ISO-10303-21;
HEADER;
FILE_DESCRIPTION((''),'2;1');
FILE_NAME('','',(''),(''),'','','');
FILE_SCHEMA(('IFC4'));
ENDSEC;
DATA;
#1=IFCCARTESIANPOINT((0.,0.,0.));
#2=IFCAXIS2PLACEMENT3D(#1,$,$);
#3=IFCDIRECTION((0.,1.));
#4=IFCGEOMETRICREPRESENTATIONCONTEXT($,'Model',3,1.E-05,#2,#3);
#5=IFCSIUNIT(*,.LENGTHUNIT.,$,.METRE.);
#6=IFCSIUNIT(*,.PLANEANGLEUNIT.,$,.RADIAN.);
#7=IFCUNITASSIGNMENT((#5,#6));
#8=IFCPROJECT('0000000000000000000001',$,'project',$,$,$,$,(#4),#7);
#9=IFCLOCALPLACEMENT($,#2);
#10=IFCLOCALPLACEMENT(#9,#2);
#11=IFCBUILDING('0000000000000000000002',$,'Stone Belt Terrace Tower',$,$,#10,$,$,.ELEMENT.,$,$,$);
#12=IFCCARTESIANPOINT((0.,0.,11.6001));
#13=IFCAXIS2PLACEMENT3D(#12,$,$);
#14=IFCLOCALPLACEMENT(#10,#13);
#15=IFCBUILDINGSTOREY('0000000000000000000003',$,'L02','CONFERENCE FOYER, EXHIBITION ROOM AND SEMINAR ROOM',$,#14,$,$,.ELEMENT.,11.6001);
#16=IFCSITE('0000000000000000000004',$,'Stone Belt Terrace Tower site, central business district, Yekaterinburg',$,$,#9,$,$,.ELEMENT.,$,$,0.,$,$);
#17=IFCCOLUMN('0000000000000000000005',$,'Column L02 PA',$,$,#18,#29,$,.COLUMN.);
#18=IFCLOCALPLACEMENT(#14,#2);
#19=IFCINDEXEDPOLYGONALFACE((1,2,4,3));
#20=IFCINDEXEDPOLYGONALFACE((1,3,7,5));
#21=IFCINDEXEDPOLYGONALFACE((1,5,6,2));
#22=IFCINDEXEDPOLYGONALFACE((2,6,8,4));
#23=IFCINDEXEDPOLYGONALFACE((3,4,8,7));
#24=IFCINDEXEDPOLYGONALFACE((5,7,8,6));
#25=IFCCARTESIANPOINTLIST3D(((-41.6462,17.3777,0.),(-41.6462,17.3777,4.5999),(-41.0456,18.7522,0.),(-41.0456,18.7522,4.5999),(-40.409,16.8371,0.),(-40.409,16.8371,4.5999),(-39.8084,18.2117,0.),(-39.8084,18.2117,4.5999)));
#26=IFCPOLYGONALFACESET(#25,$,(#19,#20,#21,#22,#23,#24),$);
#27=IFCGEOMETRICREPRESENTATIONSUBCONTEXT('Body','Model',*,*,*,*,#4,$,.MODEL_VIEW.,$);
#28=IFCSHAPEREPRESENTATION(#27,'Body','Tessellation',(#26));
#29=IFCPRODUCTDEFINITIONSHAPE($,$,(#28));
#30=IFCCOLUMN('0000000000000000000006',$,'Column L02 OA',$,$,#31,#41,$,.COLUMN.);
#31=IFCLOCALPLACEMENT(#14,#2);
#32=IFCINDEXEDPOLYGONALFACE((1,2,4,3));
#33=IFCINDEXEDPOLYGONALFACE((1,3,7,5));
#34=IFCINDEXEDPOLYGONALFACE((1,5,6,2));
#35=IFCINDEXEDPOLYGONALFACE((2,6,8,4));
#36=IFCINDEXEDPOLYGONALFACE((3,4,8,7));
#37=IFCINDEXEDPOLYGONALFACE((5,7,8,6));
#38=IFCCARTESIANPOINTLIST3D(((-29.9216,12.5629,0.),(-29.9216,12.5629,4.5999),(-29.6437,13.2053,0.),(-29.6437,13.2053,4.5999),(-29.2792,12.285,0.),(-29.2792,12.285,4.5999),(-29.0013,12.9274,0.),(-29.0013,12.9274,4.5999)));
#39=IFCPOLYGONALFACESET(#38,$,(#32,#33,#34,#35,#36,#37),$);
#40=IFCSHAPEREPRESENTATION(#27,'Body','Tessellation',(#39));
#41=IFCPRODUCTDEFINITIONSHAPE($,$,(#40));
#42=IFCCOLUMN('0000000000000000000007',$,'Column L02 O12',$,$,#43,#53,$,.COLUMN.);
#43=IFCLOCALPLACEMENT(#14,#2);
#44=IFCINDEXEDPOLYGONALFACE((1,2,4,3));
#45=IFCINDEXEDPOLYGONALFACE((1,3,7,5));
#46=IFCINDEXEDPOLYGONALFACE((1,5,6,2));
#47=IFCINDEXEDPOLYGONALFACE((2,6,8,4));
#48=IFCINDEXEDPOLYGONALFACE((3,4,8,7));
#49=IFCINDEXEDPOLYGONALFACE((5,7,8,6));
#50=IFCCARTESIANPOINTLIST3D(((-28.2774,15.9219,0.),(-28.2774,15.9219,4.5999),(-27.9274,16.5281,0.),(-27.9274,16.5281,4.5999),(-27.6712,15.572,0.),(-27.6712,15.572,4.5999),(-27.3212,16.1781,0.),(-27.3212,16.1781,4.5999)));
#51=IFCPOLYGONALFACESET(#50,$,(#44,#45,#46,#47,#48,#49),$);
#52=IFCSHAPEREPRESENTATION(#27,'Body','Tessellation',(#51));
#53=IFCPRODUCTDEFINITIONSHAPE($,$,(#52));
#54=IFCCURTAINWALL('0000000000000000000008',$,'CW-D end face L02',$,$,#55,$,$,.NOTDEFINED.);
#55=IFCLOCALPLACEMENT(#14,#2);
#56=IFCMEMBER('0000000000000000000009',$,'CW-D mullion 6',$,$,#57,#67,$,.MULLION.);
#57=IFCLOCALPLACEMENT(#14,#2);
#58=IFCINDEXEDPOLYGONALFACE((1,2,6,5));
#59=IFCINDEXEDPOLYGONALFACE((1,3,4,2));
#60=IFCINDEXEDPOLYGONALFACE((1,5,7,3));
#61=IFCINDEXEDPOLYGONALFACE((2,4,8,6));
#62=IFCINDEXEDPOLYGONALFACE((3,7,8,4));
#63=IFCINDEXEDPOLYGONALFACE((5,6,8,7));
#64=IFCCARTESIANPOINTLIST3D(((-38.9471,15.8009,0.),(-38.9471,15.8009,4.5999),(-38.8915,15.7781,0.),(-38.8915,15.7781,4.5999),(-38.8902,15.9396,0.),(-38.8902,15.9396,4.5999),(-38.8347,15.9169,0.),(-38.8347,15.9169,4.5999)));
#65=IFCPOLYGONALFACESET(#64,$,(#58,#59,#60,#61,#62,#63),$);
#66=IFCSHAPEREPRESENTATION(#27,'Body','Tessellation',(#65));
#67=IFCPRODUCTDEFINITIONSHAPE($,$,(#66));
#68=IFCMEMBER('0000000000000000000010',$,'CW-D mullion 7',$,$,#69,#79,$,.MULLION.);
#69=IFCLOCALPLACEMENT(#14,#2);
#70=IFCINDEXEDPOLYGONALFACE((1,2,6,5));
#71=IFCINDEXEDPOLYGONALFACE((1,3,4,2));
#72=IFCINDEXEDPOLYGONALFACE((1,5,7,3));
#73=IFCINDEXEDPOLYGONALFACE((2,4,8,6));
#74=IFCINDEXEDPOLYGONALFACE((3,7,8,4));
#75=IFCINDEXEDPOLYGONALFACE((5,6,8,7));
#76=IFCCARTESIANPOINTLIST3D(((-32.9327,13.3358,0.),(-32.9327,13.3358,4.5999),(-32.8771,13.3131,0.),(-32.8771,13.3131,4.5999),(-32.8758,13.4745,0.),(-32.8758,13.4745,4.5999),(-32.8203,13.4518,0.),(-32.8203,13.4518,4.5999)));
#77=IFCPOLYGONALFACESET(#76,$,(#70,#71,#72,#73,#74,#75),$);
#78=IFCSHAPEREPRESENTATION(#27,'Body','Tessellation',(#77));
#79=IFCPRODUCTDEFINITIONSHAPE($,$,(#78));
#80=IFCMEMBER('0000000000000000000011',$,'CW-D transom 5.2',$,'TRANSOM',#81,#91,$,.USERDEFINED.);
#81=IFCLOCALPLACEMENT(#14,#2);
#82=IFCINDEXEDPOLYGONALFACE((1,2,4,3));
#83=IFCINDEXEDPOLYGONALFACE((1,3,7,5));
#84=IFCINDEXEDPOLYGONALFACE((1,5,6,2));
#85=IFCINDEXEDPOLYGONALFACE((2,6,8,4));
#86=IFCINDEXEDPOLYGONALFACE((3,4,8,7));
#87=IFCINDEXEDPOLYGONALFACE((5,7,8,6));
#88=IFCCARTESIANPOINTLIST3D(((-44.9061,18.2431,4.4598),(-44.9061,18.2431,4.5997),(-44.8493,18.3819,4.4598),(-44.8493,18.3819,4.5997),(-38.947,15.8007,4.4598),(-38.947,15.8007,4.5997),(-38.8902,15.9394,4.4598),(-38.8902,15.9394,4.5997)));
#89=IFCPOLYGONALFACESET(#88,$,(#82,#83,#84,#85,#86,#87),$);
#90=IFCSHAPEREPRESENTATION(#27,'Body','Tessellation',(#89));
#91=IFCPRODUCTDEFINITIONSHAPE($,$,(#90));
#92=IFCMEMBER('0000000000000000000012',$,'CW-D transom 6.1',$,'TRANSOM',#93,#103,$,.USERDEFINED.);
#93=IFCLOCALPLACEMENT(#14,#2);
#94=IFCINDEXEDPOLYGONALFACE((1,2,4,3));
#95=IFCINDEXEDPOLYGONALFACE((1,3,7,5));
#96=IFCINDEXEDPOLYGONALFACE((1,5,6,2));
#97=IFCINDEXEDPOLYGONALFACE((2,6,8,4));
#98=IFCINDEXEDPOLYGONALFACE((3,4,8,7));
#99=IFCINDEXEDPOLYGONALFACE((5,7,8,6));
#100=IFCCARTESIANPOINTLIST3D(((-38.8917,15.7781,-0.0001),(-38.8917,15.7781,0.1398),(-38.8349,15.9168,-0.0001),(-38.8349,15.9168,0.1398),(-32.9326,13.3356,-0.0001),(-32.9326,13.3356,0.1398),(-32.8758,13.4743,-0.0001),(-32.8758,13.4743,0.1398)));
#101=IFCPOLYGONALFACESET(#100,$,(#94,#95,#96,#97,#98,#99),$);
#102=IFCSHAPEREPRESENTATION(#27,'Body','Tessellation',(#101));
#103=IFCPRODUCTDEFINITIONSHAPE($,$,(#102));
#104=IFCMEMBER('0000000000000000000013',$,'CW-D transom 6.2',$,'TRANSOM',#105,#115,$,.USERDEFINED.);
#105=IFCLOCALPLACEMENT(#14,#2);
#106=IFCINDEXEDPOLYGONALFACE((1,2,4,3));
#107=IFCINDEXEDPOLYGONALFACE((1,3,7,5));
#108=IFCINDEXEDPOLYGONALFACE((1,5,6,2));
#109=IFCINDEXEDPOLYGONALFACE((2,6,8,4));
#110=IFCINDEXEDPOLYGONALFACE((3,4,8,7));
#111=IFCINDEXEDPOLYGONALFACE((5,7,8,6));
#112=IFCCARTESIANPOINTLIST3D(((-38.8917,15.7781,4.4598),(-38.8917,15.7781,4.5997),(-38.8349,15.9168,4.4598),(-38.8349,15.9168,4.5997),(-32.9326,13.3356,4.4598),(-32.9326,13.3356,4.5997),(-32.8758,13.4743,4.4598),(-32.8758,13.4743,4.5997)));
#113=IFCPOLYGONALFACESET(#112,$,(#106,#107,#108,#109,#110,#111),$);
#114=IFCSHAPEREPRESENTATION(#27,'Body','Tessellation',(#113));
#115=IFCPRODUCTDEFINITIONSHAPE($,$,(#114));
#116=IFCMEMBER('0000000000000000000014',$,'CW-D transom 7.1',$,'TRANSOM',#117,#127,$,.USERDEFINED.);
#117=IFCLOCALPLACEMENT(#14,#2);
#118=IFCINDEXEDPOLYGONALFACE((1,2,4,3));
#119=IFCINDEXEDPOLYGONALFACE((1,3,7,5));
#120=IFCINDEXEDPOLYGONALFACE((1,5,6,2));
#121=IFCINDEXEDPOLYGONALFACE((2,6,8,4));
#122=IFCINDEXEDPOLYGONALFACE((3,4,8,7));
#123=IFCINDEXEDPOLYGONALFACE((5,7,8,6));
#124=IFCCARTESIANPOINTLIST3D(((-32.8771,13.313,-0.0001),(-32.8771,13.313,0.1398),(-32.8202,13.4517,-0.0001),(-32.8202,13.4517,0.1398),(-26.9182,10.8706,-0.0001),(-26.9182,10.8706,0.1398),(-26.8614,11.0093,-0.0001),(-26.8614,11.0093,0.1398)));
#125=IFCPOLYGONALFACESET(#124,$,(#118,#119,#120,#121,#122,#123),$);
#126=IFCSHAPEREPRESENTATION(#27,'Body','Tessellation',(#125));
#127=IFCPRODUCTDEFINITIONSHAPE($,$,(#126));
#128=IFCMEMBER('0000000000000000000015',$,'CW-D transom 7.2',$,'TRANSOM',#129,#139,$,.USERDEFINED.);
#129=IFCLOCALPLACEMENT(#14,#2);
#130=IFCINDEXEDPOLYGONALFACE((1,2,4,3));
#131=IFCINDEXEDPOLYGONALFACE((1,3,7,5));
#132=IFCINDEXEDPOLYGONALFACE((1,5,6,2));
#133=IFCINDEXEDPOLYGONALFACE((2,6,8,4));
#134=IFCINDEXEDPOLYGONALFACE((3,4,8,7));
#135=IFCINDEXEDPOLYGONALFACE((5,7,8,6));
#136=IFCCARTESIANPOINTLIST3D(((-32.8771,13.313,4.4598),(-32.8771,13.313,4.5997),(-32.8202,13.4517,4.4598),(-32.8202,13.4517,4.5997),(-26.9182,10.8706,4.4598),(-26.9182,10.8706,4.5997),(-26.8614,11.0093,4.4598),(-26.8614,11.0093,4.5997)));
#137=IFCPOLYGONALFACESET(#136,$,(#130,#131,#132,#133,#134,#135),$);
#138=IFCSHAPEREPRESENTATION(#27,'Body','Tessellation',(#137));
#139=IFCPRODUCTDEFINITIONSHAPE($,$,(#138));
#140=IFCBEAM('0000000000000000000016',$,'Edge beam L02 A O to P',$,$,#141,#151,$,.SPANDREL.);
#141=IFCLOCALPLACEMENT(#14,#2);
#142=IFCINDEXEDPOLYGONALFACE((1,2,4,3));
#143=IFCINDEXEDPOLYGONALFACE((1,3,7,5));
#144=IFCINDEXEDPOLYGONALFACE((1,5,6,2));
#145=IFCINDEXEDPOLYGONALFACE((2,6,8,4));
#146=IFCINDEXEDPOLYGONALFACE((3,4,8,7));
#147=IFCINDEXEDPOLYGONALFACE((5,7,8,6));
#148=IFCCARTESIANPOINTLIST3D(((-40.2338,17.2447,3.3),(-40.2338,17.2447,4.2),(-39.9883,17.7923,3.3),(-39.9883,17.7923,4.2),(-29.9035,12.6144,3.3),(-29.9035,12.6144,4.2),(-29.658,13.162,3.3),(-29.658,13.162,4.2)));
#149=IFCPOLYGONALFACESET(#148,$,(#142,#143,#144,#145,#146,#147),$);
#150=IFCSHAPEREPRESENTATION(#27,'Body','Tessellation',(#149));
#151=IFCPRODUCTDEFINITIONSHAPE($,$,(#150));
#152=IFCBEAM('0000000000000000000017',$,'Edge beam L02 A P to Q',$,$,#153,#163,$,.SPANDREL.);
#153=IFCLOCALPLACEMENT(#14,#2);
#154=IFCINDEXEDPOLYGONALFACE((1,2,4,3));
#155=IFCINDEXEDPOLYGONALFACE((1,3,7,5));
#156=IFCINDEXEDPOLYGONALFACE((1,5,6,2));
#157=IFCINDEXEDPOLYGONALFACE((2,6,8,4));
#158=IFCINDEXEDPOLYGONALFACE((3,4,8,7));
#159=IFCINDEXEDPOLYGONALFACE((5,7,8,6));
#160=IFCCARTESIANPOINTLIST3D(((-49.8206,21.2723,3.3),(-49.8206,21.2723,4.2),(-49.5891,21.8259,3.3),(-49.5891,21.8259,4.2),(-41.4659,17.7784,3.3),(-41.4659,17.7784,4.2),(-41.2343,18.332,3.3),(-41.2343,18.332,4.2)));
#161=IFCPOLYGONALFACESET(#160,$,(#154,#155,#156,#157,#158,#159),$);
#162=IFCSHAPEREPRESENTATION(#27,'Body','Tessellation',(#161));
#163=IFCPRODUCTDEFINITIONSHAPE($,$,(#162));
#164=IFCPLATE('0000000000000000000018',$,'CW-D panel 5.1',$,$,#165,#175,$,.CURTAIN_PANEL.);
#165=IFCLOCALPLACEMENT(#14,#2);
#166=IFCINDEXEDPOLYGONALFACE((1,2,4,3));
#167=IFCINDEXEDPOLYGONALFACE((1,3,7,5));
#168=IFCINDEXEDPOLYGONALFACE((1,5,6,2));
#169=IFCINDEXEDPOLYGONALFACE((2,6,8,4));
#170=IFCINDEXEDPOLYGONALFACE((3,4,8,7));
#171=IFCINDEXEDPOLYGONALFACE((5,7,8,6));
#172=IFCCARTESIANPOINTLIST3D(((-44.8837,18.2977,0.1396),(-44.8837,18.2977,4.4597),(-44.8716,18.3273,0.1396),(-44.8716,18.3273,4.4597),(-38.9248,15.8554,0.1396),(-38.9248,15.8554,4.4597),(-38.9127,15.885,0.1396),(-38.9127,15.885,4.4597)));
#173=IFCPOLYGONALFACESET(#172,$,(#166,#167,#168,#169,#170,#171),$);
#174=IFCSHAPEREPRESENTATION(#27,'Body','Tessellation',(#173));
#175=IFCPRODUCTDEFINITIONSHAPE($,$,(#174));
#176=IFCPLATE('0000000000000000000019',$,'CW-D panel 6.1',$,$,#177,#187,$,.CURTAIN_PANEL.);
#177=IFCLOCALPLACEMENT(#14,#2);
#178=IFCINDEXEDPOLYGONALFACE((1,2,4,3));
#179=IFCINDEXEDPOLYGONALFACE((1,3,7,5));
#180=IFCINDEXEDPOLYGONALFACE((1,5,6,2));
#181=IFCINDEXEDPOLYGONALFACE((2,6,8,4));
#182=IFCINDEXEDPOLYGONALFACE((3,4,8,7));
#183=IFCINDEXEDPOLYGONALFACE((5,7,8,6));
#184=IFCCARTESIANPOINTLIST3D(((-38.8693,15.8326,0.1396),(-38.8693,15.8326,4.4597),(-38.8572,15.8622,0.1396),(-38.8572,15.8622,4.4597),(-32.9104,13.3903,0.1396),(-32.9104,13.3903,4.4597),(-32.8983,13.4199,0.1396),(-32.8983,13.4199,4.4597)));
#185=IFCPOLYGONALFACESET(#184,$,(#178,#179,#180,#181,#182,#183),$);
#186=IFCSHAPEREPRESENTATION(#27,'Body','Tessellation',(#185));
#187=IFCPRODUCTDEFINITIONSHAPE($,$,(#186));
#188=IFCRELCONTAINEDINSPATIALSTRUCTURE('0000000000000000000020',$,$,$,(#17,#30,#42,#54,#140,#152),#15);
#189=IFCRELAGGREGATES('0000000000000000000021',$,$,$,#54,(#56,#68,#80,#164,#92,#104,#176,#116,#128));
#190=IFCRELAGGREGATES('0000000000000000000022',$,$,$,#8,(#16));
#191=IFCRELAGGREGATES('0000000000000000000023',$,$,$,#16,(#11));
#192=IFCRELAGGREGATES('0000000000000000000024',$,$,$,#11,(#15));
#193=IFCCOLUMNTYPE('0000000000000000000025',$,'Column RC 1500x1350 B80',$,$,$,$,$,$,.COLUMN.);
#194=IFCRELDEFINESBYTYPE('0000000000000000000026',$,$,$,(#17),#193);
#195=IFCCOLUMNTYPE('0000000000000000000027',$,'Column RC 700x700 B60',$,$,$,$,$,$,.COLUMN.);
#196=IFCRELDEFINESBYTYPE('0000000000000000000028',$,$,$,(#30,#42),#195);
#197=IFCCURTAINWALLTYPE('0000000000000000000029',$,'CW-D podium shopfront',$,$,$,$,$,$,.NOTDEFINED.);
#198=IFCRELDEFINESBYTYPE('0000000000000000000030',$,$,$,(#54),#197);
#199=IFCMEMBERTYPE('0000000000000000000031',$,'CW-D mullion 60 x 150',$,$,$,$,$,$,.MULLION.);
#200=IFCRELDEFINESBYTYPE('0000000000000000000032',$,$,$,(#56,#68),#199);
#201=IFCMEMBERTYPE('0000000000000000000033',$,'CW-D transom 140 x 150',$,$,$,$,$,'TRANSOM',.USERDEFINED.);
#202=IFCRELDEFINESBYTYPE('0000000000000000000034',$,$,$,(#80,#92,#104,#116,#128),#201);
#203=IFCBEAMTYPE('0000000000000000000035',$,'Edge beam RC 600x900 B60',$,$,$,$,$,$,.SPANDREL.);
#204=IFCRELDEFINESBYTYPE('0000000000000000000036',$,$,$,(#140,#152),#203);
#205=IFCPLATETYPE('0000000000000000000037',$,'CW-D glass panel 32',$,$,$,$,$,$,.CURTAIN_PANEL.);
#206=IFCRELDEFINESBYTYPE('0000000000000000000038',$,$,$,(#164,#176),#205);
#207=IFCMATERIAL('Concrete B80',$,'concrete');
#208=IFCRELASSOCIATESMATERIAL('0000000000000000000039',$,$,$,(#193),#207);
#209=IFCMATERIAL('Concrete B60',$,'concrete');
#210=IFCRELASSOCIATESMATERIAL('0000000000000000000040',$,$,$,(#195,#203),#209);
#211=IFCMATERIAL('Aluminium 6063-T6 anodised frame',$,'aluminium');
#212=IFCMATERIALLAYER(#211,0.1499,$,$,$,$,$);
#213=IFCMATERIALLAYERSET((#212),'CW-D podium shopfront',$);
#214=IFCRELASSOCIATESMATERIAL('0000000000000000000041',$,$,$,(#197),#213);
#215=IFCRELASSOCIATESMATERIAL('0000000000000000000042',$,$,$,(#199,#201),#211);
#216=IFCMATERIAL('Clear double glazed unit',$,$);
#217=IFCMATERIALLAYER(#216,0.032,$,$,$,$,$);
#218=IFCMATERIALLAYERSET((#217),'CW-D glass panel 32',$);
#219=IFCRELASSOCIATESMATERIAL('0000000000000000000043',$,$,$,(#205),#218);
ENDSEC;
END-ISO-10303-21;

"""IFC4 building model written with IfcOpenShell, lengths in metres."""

from ifc_helpers import new_model, si_unit, direction, frame, origin, origin_2d, place, context, subcontext, project, spatial, rectangle, extrude, material, layer, layer_set, material_profile, profile_set, type_object, element, aggregate, save


model = new_model("IFC4")

# Units and contexts
model_context = context("Model", 3, precision=1e-05, world=origin(), true_north=direction((0.0, 1.0)))
body_context = subcontext(model_context, "Body", "Model", "MODEL_VIEW")
ifc_project = project(units=[si_unit("LENGTHUNIT", "METRE"), si_unit("PLANEANGLEUNIT", "RADIAN")], contexts=[model_context])

# Site, building, storey
site_placement = place(None, origin())
site = spatial("IfcSite", under=ifc_project, at=site_placement, Name="Stone Belt Terrace Tower site, central business district, Yekaterinburg", CompositionType="ELEMENT", RefElevation=0.0)
building_placement = place(site_placement, origin())
building = spatial("IfcBuilding", under=site, at=building_placement, Name="Stone Belt Terrace Tower", CompositionType="ELEMENT")
storey_placement = place(building_placement, frame((0.0, 0.0, 11.6001)))
storey = spatial("IfcBuildingStorey", under=building, at=storey_placement, Name="L02", Description="CONFERENCE FOYER, EXHIBITION ROOM AND SEMINAR ROOM", CompositionType="ELEMENT", Elevation=11.6001)

# Columns
ifc_material_1 = material(Name="Concrete B80", Category="concrete")
ifc_material_profile_1 = material_profile(ifc_material_1, rectangle(XDim=1.5, YDim=1.3501, at=origin_2d()), Name="RC 1500x1350")
ifc_profile_set_1 = profile_set([ifc_material_profile_1], Name="Concrete B80")
column_type_1 = type_object("IfcColumnType", Name="Column RC 1500x1350 B80", PredefinedType="COLUMN", material=ifc_profile_set_1)
column_placement = place(storey_placement, frame((-40.7273, 17.7947, 0.0), z_axis=(0.0, 0.0, 1.0), x_axis=(0.400376, 0.916351, 0.0)))
element("IfcColumn", 1, at=column_placement, inside=storey, type_object=column_type_1, Name="Column L02 PA", PredefinedType="COLUMN", context=body_context, shape_type="SweptSolid", body=[
    extrude(rectangle(XDim=1.5, YDim=1.3501, at=origin_2d()), origin(), (0.0, 0.0, 1.0), 4.5999),
])
ifc_material_2 = material(Name="Concrete B60", Category="concrete")
ifc_material_profile_2 = material_profile(ifc_material_2, rectangle(XDim=0.7, YDim=0.7, at=origin_2d()), Name="RC 700x700")
ifc_profile_set_2 = profile_set([ifc_material_profile_2], Name="Concrete B60")
column_type_2 = type_object("IfcColumnType", Name="Column RC 700x700 B60", PredefinedType="COLUMN", material=ifc_profile_set_2)
for number, where, z_axis, x_axis, name in (
    (2, (-29.4614, 12.7451, 0.0), (0.0, 0.0, 1.0), (0.397044, 0.9178, 0.0), "Column L02 OA"),
    (3, (-27.7993, 16.05, 0.0), (0.0, 0.0, 1.0), (0.5, 0.866025, 0.0), "Column L02 O12"),
):
    element("IfcColumn", number, at=place(storey_placement, frame(where, z_axis=z_axis, x_axis=x_axis)), inside=storey, type_object=column_type_2, Name=name, PredefinedType="COLUMN", context=body_context, shape_type="SweptSolid", body=[
        extrude(rectangle(XDim=0.7, YDim=0.7, at=origin_2d()), origin(), (0.0, 0.0, 1.0), 4.5999),
    ])

# Curtain wall, members
ifc_material_3 = material(Name="Aluminium 6063-T6 anodised frame", Category="aluminium")
ifc_layer_1 = layer(ifc_material_3, 0.1499)
ifc_layer_set_1 = layer_set([ifc_layer_1], Name="CW-D podium shopfront")
curtain_wall_type = type_object("IfcCurtainWallType", Name="CW-D podium shopfront", PredefinedType="NOTDEFINED", material=ifc_layer_set_1)
curtain_wall_placement = place(storey_placement, origin())
curtain_wall = element("IfcCurtainWall", 4, at=curtain_wall_placement, inside=storey, type_object=curtain_wall_type, Name="CW-D end face L02", PredefinedType="NOTDEFINED")
ifc_material_profile_3 = material_profile(ifc_material_3, rectangle(XDim=0.1499, YDim=0.0601, at=origin_2d()), Name="Aluminium 6063-T6 60x150")
ifc_profile_set_3 = profile_set([ifc_material_profile_3], Name="Aluminium 6063-T6 anodised frame")
member_type_1 = type_object("IfcMemberType", Name="CW-D mullion 60 x 150", PredefinedType="MULLION", material=ifc_profile_set_3)
member_1_placement = place(storey_placement, frame((-38.8909, 15.8589, 0.0), z_axis=(0.0, 0.0, 1.0), x_axis=(0.379243, 0.925297, 0.0)))
member_1 = element("IfcMember", 5, at=member_1_placement, type_object=member_type_1, Name="CW-D mullion 6", PredefinedType="MULLION", context=body_context, shape_type="SweptSolid", body=[
    extrude(rectangle(XDim=0.1499, YDim=0.0601, at=origin_2d()), origin(), (0.0, 0.0, 1.0), 4.5999),
])
member_2_placement = place(storey_placement, frame((-32.8765, 13.3938, 0.0), z_axis=(0.0, 0.0, 1.0), x_axis=(0.379243, 0.925297, 0.0)))
member_2 = element("IfcMember", 6, at=member_2_placement, type_object=member_type_1, Name="CW-D mullion 7", PredefinedType="MULLION", context=body_context, shape_type="SweptSolid", body=[
    extrude(rectangle(XDim=0.1499, YDim=0.0601, at=origin_2d()), origin(), (0.0, 0.0, 1.0), 4.5999),
])
ifc_material_profile_4 = material_profile(ifc_material_3, rectangle(XDim=0.1499, YDim=0.1399, at=origin_2d()), Name="Aluminium 6063-T6 150x140")
ifc_profile_set_4 = profile_set([ifc_material_profile_4], Name="Aluminium 6063-T6 anodised frame")
member_type_2 = type_object("IfcMemberType", Name="CW-D transom 140 x 150", ElementType="TRANSOM", PredefinedType="USERDEFINED", material=ifc_profile_set_4)
member_3_placement = place(storey_placement, frame((-44.8777, 18.3125, 4.5298), z_axis=(0.925296, -0.379247, 0.0), x_axis=(0.379247, 0.925296, 0.0)))
member_3 = element("IfcMember", 7, at=member_3_placement, type_object=member_type_2, Name="CW-D transom 5.2", ObjectType="TRANSOM", PredefinedType="USERDEFINED", context=body_context, shape_type="SweptSolid", body=[
    extrude(rectangle(XDim=0.1499, YDim=0.1399, at=origin_2d()), origin(), (0.0, 0.0, 1.0), 6.4402),
])
member_4_placement = place(storey_placement, frame((-38.8633, 15.8474, 0.0698), z_axis=(0.925296, -0.379247, 0.0), x_axis=(0.379247, 0.925296, 0.0)))
member_4 = element("IfcMember", 8, at=member_4_placement, type_object=member_type_2, Name="CW-D transom 6.1", ObjectType="TRANSOM", PredefinedType="USERDEFINED", context=body_context, shape_type="SweptSolid", body=[
    extrude(rectangle(XDim=0.1499, YDim=0.1399, at=origin_2d()), origin(), (0.0, 0.0, 1.0), 6.4402),
])
member_5_placement = place(storey_placement, frame((-38.8633, 15.8474, 4.5298), z_axis=(0.925296, -0.379247, 0.0), x_axis=(0.379247, 0.925296, 0.0)))
member_5 = element("IfcMember", 9, at=member_5_placement, type_object=member_type_2, Name="CW-D transom 6.2", ObjectType="TRANSOM", PredefinedType="USERDEFINED", context=body_context, shape_type="SweptSolid", body=[
    extrude(rectangle(XDim=0.1499, YDim=0.1399, at=origin_2d()), origin(), (0.0, 0.0, 1.0), 6.4402),
])
member_6_placement = place(storey_placement, frame((-32.8486, 13.3823, 0.0698), z_axis=(0.92529, -0.37926, 0.0), x_axis=(0.37926, 0.92529, 0.0)))
member_6 = element("IfcMember", 10, at=member_6_placement, type_object=member_type_2, Name="CW-D transom 7.1", ObjectType="TRANSOM", PredefinedType="USERDEFINED", context=body_context, shape_type="SweptSolid", body=[
    extrude(rectangle(XDim=0.1499, YDim=0.1399, at=origin_2d()), origin(), (0.0, 0.0, 1.0), 6.4399),
])
member_7_placement = place(storey_placement, frame((-32.8486, 13.3823, 4.5298), z_axis=(0.92529, -0.37926, 0.0), x_axis=(0.37926, 0.92529, 0.0)))
member_7 = element("IfcMember", 11, at=member_7_placement, type_object=member_type_2, Name="CW-D transom 7.2", ObjectType="TRANSOM", PredefinedType="USERDEFINED", context=body_context, shape_type="SweptSolid", body=[
    extrude(rectangle(XDim=0.1499, YDim=0.1399, at=origin_2d()), origin(), (0.0, 0.0, 1.0), 6.4399),
])

# Beams
ifc_material_profile_5 = material_profile(ifc_material_2, rectangle(XDim=0.6001, YDim=0.8999, at=origin_2d()), Name="RC 600x900")
ifc_profile_set_5 = profile_set([ifc_material_profile_5], Name="Concrete B60")
beam_type = type_object("IfcBeamType", Name="Edge beam RC 600x900 B60", PredefinedType="SPANDREL", material=ifc_profile_set_5)
beam_1_placement = place(storey_placement, frame((-29.7808, 12.8882, 3.75), z_axis=(-0.912525, 0.409022, 0.0), x_axis=(-0.409022, -0.912525, 0.0)))
element("IfcBeam", 12, at=beam_1_placement, inside=storey, type_object=beam_type, Name="Edge beam L02 A O to P", PredefinedType="SPANDREL", context=body_context, shape_type="SweptSolid", body=[
    extrude(rectangle(XDim=0.6001, YDim=0.8999, at=origin_2d()), origin(), (0.0, 0.0, 1.0), 11.3206),
])
beam_2_placement = place(storey_placement, frame((-41.3501, 18.0552, 3.75), z_axis=(-0.922576, 0.385815, 0.0), x_axis=(-0.385815, -0.922576, 0.0)))
element("IfcBeam", 13, at=beam_2_placement, inside=storey, type_object=beam_type, Name="Edge beam L02 A P to Q", PredefinedType="SPANDREL", context=body_context, shape_type="SweptSolid", body=[
    extrude(rectangle(XDim=0.6001, YDim=0.8999, at=origin_2d()), origin(), (0.0, 0.0, 1.0), 9.0559),
])

# Plates
ifc_material_4 = material(Name="Clear double glazed unit")
ifc_layer_2 = layer(ifc_material_4, 0.032)
ifc_layer_set_2 = layer_set([ifc_layer_2], Name="CW-D glass panel 32")
plate_type = type_object("IfcPlateType", Name="CW-D glass panel 32", PredefinedType="CURTAIN_PANEL", material=ifc_layer_set_2)
plate_1_placement = place(storey_placement, frame((-41.8982, 17.0913, 0.1396), z_axis=(0.0, 0.0, 1.0), x_axis=(0.925297, -0.379243, 0.0)))
plate_1 = element("IfcPlate", 14, at=plate_1_placement, type_object=plate_type, Name="CW-D panel 5.1", PredefinedType="CURTAIN_PANEL", context=body_context, shape_type="SweptSolid", body=[
    extrude(rectangle(XDim=6.4399, YDim=0.032, at=origin_2d()), origin(), (0.0, 0.0, 1.0), 4.3201),
])
plate_2_placement = place(storey_placement, frame((-35.8838, 14.6262, 0.1396), z_axis=(0.0, 0.0, 1.0), x_axis=(0.925297, -0.379243, 0.0)))
plate_2 = element("IfcPlate", 15, at=plate_2_placement, type_object=plate_type, Name="CW-D panel 6.1", PredefinedType="CURTAIN_PANEL", context=body_context, shape_type="SweptSolid", body=[
    extrude(rectangle(XDim=6.4399, YDim=0.032, at=origin_2d()), origin(), (0.0, 0.0, 1.0), 4.3201),
])
aggregate(curtain_wall, [member_1, member_2, member_3, plate_1, member_4, member_5, plate_2, member_6, member_7])

save(model, "model.ifc")
